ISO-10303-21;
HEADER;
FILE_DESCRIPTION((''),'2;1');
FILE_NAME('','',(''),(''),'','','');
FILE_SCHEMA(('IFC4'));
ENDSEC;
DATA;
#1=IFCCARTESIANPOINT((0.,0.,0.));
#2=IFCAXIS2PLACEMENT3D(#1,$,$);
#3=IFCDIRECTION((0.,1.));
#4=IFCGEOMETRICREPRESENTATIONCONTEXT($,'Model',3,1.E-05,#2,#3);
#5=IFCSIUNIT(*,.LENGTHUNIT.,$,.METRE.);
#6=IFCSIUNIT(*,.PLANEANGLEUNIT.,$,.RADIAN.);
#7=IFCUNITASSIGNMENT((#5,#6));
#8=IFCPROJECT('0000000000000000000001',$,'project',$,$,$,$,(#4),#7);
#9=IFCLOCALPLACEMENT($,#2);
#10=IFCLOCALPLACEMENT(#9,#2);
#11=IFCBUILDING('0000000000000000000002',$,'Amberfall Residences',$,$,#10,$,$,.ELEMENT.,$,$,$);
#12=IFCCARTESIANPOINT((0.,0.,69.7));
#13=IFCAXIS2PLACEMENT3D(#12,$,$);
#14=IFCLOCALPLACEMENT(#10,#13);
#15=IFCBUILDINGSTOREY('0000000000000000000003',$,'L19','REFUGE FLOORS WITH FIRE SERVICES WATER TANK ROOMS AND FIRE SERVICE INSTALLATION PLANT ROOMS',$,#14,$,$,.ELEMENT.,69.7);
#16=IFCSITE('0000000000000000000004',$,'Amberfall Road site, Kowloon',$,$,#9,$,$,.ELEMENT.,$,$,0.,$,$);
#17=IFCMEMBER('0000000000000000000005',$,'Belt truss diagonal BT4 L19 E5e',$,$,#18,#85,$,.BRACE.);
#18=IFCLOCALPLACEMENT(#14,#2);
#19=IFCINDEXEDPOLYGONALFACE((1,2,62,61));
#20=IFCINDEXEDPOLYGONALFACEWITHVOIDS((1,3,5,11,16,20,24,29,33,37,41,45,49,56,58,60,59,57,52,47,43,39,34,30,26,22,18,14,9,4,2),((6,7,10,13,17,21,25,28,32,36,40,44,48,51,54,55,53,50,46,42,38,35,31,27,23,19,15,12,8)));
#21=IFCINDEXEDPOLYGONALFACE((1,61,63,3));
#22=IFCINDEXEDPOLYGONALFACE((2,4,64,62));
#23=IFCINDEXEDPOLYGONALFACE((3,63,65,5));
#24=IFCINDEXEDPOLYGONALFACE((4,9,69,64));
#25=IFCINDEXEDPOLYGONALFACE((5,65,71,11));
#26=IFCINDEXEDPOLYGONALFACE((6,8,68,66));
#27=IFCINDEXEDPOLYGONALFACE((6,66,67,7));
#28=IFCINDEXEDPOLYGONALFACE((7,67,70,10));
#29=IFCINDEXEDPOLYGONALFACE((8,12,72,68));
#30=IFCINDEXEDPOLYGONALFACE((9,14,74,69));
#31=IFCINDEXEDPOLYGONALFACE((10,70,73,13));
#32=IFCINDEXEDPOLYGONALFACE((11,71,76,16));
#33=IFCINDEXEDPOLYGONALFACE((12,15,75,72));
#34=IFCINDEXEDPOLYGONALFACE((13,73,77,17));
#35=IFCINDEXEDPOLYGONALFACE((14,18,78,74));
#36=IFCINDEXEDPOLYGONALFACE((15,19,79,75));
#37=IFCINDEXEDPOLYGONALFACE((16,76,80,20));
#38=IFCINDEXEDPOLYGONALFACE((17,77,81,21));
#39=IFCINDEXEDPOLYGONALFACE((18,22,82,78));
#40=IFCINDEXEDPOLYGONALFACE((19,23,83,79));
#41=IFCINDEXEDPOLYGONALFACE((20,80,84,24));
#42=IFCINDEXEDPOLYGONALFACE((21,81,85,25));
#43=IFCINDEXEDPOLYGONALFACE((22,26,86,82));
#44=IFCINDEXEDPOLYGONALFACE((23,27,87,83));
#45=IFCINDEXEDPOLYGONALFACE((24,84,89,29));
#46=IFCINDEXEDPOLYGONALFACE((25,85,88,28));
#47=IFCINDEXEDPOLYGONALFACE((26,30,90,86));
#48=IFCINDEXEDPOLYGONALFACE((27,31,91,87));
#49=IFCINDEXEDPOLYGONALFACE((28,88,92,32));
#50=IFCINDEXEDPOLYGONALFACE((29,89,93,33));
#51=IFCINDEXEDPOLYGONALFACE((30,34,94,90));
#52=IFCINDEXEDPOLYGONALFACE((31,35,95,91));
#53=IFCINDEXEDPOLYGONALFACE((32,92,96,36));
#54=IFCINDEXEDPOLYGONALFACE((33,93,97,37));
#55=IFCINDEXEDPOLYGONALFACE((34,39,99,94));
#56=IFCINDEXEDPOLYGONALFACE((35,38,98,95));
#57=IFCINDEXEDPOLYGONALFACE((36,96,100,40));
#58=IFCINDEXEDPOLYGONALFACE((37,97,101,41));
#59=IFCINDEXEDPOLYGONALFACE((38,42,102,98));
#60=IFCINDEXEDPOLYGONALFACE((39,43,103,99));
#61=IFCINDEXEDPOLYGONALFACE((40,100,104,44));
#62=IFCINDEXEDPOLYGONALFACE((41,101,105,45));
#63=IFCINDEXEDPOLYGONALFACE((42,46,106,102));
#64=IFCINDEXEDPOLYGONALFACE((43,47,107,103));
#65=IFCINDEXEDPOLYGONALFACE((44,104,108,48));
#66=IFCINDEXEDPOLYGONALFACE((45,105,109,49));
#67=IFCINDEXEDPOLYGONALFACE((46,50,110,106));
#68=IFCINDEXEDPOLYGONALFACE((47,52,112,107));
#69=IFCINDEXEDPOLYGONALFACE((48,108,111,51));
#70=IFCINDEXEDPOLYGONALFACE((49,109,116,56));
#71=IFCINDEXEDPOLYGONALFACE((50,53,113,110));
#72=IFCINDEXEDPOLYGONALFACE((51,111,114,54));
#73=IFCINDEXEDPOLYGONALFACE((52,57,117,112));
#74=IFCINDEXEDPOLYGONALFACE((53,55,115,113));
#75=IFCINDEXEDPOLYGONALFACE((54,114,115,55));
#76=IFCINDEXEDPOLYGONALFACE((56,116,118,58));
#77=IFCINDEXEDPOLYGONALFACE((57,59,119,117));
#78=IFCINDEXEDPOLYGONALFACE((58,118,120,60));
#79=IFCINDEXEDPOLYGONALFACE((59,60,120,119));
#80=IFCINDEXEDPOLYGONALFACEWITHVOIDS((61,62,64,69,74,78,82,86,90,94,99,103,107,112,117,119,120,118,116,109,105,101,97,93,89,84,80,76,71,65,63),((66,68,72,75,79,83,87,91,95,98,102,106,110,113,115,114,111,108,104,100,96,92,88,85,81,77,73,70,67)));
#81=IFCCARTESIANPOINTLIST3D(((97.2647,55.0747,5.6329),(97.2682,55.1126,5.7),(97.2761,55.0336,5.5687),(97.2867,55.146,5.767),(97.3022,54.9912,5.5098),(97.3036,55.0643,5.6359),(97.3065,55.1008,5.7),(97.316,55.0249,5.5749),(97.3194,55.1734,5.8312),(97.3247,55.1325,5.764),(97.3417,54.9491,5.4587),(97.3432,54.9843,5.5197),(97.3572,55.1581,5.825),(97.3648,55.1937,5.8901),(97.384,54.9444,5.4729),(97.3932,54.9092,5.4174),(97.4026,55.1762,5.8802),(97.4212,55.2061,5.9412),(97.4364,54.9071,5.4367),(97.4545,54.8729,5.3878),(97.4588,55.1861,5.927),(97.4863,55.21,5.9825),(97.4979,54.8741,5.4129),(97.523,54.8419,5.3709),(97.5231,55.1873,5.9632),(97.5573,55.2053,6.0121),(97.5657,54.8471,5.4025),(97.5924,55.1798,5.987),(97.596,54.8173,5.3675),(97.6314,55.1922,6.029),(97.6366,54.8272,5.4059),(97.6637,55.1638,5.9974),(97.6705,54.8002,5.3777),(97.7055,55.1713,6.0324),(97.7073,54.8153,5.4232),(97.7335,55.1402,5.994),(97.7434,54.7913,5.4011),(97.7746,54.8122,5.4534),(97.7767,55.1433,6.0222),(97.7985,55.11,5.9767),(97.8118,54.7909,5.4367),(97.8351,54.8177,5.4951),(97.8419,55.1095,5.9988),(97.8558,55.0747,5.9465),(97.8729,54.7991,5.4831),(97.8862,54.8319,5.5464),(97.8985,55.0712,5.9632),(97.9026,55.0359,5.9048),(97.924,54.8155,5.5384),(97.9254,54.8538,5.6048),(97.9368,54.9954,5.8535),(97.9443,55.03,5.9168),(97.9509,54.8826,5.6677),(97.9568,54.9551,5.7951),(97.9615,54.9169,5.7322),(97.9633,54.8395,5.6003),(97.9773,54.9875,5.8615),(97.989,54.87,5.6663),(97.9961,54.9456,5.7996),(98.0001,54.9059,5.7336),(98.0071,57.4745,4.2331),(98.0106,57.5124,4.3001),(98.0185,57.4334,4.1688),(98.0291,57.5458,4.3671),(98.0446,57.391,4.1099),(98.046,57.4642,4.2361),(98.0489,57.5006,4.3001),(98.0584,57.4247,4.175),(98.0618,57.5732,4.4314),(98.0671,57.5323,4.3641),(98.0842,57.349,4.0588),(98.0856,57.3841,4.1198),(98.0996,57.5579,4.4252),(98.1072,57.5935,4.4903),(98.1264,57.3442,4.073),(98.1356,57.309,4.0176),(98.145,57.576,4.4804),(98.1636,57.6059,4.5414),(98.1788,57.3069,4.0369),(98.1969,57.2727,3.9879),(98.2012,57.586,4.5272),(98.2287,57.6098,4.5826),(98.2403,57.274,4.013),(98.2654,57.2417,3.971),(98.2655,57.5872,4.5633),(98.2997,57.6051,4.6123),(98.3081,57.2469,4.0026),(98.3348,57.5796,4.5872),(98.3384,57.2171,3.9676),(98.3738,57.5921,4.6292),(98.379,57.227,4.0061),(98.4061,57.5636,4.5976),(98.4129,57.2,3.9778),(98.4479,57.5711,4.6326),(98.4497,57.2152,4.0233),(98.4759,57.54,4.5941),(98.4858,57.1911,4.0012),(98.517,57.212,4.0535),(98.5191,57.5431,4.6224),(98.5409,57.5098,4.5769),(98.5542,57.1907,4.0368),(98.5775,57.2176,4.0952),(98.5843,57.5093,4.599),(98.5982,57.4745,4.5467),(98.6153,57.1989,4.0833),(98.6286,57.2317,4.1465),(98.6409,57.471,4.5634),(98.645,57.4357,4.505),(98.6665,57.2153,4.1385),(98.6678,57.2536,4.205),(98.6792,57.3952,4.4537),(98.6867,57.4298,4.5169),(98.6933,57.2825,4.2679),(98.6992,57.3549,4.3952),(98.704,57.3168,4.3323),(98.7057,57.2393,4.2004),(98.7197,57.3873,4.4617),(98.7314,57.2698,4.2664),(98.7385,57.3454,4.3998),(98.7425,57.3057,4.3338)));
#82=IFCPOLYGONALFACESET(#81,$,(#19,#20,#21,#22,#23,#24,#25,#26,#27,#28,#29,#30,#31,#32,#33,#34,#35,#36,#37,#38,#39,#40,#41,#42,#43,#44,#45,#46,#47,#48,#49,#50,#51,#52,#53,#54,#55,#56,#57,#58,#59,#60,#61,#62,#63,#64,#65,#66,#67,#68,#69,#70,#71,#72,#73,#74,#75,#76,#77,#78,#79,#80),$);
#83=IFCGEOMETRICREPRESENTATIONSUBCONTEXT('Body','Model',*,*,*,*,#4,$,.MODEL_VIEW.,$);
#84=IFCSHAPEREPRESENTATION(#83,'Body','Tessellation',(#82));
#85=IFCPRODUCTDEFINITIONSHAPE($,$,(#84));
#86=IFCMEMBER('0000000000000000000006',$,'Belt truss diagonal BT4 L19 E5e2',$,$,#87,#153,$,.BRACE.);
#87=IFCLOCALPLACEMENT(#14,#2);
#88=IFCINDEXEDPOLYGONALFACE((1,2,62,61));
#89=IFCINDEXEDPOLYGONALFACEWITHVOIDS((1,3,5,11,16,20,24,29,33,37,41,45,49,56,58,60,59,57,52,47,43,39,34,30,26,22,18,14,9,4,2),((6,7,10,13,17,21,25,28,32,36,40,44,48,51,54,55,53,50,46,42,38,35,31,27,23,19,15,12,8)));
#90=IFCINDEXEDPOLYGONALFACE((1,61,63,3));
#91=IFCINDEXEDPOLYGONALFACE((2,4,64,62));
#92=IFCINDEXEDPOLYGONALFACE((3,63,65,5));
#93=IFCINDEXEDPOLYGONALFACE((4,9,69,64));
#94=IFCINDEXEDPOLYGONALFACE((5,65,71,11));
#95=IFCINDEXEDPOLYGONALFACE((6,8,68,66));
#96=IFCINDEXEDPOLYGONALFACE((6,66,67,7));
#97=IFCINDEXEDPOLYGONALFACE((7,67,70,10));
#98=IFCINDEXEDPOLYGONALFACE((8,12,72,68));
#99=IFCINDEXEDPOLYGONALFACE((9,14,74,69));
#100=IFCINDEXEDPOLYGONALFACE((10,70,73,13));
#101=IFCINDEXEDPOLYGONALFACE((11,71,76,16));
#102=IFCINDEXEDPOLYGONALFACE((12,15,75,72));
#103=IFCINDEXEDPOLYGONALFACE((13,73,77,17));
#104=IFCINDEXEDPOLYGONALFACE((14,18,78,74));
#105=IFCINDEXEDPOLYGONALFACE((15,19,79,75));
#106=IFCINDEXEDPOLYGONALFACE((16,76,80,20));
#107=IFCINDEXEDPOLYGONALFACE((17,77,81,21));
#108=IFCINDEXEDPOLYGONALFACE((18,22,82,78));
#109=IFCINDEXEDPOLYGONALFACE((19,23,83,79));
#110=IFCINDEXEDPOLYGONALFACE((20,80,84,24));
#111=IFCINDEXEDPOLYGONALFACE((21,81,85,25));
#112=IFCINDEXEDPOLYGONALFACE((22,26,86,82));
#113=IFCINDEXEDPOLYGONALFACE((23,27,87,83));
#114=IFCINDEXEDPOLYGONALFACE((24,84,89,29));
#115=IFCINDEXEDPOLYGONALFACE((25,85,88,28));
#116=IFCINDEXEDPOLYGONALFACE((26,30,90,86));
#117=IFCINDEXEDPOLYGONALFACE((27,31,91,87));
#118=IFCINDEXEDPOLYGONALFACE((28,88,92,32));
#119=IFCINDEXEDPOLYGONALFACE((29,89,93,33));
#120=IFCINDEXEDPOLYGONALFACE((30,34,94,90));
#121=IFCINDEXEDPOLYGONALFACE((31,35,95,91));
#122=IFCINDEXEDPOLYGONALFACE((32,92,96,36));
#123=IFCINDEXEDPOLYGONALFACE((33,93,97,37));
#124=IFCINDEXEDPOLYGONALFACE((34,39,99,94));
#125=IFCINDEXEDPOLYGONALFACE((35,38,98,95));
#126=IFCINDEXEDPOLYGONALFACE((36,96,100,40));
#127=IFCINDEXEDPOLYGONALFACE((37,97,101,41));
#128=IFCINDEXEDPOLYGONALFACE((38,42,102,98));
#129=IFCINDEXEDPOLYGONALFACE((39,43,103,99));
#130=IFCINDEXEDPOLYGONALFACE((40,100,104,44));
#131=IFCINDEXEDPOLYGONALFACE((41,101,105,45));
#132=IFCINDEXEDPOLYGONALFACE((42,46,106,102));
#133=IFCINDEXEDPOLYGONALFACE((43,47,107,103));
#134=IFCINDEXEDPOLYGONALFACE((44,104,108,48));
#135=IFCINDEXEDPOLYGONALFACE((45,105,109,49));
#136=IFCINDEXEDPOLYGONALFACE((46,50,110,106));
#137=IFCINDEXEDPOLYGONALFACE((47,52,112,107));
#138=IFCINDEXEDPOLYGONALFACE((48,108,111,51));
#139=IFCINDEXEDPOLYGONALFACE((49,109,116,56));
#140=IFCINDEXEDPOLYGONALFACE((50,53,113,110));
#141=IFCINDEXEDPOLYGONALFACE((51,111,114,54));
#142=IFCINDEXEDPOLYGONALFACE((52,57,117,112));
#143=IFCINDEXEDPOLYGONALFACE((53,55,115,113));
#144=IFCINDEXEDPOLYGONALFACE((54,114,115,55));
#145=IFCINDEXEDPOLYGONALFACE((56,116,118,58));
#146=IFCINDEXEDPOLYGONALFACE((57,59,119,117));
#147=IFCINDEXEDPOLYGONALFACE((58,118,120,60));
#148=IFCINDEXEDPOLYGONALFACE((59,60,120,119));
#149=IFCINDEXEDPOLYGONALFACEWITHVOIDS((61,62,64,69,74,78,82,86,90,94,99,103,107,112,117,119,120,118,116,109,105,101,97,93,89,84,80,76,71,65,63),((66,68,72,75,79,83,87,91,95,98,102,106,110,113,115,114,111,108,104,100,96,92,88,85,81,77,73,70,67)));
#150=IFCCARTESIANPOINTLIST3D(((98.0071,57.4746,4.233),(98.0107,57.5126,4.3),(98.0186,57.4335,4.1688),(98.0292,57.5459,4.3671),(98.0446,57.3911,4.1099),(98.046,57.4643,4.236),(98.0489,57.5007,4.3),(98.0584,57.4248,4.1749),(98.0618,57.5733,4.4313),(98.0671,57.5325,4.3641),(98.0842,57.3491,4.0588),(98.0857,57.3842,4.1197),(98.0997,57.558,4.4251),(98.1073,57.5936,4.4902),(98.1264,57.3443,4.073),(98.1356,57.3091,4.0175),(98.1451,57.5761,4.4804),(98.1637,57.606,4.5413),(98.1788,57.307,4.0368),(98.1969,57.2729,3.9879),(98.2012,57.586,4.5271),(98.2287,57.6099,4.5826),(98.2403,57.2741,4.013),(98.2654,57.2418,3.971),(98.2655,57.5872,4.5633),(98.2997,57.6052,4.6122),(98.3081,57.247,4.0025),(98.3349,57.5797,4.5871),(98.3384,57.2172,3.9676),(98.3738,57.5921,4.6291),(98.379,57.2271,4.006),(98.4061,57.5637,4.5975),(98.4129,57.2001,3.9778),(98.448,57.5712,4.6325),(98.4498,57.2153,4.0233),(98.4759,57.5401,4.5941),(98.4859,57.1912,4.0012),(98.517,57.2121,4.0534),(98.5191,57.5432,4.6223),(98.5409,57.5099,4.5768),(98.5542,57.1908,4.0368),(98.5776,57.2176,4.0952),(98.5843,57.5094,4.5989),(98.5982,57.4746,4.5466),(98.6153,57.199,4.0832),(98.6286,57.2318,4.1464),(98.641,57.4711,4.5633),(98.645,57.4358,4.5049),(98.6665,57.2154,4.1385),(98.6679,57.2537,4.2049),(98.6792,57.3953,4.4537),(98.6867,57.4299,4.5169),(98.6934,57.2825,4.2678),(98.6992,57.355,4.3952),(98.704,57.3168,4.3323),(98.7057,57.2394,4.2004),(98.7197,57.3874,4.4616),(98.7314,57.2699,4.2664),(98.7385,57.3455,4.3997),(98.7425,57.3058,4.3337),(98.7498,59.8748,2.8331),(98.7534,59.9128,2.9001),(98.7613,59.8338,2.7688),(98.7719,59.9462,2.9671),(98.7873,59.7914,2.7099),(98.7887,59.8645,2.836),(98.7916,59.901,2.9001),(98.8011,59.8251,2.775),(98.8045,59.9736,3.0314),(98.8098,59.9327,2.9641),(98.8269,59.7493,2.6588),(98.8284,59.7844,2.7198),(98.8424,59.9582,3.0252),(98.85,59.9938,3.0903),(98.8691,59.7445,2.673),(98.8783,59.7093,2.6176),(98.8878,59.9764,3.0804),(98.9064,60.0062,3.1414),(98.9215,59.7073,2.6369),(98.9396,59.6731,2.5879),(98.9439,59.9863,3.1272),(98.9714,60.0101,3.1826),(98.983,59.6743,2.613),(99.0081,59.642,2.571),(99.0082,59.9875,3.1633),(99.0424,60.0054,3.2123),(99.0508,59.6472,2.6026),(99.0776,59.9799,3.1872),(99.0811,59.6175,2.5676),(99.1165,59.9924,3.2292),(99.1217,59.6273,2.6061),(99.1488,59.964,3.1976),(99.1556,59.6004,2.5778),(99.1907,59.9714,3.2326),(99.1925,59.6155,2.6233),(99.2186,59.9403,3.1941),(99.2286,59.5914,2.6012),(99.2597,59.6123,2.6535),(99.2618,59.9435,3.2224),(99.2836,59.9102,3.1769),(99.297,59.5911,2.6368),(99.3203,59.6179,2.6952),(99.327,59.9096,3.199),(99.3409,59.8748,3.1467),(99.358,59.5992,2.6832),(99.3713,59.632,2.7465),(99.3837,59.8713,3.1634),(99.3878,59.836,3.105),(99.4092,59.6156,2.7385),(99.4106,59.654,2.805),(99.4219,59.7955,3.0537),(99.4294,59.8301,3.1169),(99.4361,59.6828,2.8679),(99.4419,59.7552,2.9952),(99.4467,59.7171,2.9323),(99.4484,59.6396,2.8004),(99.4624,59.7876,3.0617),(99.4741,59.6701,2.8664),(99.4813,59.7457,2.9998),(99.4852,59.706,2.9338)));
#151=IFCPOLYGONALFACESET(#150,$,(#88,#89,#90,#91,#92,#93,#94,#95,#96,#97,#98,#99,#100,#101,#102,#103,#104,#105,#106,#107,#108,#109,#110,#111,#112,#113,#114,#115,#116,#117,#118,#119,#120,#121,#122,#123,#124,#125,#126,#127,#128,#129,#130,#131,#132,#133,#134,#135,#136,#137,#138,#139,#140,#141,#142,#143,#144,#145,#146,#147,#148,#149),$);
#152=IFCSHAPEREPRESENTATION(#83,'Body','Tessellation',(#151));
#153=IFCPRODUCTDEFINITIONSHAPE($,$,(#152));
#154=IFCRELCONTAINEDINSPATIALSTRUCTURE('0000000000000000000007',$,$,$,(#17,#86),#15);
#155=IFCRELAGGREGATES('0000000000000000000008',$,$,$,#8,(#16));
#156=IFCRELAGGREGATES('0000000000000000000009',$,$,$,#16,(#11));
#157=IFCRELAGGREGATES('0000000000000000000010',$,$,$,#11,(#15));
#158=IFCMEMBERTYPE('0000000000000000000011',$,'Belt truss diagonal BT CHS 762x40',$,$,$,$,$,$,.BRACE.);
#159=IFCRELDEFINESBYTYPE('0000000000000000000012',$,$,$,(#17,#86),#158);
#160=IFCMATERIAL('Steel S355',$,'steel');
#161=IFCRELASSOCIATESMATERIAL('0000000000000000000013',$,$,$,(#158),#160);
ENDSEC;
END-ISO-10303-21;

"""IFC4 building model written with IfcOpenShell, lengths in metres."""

from ifc_helpers import new_model, si_unit, direction, frame, origin, origin_2d, place, context, subcontext, project, spatial, hollow_circle, extrude, material, material_profile, profile_set, type_object, element, save


model = new_model("IFC4")

# Units and contexts
model_context = context("Model", 3, precision=1e-05, world=origin(), true_north=direction((0.0, 1.0)))
body_context = subcontext(model_context, "Body", "Model", "MODEL_VIEW")
ifc_project = project(units=[si_unit("LENGTHUNIT", "METRE"), si_unit("PLANEANGLEUNIT", "RADIAN")], contexts=[model_context])

# Site, building, storey
site_placement = place(None, origin())
site = spatial("IfcSite", under=ifc_project, at=site_placement, Name="Amberfall Road site, Kowloon", CompositionType="ELEMENT", RefElevation=0.0)
building_placement = place(site_placement, origin())
building = spatial("IfcBuilding", under=site, at=building_placement, Name="Amberfall Residences", CompositionType="ELEMENT")
storey_placement = place(building_placement, frame((0.0, 0.0, 69.7)))
storey = spatial("IfcBuildingStorey", under=building, at=storey_placement, Name="L19", Description="REFUGE FLOORS WITH FIRE SERVICES WATER TANK ROOMS AND FIRE SERVICE INSTALLATION PLANT ROOMS", CompositionType="ELEMENT", Elevation=69.7)

# Shared definitions
ifc_material_1 = material(Name="Steel S355", Category="steel")

# Members
ifc_material_profile_1 = material_profile(ifc_material_1, hollow_circle(Radius=0.3811, WallThickness=0.04, at=origin_2d()), Name="CHS 762x40")
ifc_profile_set_1 = profile_set([ifc_material_profile_1], Name="Steel S355")
member_type_1 = type_object("IfcMemberType", Name="Belt truss diagonal BT CHS 762x40", PredefinedType="BRACE", material=ifc_profile_set_1)
member_1_placement = place(storey_placement, frame((97.6323, 55.0, 5.7), z_axis=(0.258162, 0.834504, -0.48678), x_axis=(-0.95533, 0.29554, 0.0)))
element("IfcMember", 1, at=member_1_placement, inside=storey, type_object=member_type_1, Name="Belt truss diagonal BT4 L19 E5e", PredefinedType="BRACE", context=body_context, shape_type="SweptSolid", body=[
    extrude(hollow_circle(Radius=0.3811, WallThickness=0.04, at=origin_2d()), origin(), (0.0, 0.0, 1.0), 2.8757),
])
member_2_placement = place(storey_placement, frame((98.3748, 57.3999, 4.3), z_axis=(0.258222, 0.834512, -0.486735), x_axis=(-0.955311, 0.295601, 0.0)))
element("IfcMember", 2, at=member_2_placement, inside=storey, type_object=member_type_1, Name="Belt truss diagonal BT4 L19 E5e2", PredefinedType="BRACE", context=body_context, shape_type="SweptSolid", body=[
    extrude(hollow_circle(Radius=0.3811, WallThickness=0.04, at=origin_2d()), origin(), (0.0, 0.0, 1.0), 2.8762),
])

save(model, "model.ifc")
